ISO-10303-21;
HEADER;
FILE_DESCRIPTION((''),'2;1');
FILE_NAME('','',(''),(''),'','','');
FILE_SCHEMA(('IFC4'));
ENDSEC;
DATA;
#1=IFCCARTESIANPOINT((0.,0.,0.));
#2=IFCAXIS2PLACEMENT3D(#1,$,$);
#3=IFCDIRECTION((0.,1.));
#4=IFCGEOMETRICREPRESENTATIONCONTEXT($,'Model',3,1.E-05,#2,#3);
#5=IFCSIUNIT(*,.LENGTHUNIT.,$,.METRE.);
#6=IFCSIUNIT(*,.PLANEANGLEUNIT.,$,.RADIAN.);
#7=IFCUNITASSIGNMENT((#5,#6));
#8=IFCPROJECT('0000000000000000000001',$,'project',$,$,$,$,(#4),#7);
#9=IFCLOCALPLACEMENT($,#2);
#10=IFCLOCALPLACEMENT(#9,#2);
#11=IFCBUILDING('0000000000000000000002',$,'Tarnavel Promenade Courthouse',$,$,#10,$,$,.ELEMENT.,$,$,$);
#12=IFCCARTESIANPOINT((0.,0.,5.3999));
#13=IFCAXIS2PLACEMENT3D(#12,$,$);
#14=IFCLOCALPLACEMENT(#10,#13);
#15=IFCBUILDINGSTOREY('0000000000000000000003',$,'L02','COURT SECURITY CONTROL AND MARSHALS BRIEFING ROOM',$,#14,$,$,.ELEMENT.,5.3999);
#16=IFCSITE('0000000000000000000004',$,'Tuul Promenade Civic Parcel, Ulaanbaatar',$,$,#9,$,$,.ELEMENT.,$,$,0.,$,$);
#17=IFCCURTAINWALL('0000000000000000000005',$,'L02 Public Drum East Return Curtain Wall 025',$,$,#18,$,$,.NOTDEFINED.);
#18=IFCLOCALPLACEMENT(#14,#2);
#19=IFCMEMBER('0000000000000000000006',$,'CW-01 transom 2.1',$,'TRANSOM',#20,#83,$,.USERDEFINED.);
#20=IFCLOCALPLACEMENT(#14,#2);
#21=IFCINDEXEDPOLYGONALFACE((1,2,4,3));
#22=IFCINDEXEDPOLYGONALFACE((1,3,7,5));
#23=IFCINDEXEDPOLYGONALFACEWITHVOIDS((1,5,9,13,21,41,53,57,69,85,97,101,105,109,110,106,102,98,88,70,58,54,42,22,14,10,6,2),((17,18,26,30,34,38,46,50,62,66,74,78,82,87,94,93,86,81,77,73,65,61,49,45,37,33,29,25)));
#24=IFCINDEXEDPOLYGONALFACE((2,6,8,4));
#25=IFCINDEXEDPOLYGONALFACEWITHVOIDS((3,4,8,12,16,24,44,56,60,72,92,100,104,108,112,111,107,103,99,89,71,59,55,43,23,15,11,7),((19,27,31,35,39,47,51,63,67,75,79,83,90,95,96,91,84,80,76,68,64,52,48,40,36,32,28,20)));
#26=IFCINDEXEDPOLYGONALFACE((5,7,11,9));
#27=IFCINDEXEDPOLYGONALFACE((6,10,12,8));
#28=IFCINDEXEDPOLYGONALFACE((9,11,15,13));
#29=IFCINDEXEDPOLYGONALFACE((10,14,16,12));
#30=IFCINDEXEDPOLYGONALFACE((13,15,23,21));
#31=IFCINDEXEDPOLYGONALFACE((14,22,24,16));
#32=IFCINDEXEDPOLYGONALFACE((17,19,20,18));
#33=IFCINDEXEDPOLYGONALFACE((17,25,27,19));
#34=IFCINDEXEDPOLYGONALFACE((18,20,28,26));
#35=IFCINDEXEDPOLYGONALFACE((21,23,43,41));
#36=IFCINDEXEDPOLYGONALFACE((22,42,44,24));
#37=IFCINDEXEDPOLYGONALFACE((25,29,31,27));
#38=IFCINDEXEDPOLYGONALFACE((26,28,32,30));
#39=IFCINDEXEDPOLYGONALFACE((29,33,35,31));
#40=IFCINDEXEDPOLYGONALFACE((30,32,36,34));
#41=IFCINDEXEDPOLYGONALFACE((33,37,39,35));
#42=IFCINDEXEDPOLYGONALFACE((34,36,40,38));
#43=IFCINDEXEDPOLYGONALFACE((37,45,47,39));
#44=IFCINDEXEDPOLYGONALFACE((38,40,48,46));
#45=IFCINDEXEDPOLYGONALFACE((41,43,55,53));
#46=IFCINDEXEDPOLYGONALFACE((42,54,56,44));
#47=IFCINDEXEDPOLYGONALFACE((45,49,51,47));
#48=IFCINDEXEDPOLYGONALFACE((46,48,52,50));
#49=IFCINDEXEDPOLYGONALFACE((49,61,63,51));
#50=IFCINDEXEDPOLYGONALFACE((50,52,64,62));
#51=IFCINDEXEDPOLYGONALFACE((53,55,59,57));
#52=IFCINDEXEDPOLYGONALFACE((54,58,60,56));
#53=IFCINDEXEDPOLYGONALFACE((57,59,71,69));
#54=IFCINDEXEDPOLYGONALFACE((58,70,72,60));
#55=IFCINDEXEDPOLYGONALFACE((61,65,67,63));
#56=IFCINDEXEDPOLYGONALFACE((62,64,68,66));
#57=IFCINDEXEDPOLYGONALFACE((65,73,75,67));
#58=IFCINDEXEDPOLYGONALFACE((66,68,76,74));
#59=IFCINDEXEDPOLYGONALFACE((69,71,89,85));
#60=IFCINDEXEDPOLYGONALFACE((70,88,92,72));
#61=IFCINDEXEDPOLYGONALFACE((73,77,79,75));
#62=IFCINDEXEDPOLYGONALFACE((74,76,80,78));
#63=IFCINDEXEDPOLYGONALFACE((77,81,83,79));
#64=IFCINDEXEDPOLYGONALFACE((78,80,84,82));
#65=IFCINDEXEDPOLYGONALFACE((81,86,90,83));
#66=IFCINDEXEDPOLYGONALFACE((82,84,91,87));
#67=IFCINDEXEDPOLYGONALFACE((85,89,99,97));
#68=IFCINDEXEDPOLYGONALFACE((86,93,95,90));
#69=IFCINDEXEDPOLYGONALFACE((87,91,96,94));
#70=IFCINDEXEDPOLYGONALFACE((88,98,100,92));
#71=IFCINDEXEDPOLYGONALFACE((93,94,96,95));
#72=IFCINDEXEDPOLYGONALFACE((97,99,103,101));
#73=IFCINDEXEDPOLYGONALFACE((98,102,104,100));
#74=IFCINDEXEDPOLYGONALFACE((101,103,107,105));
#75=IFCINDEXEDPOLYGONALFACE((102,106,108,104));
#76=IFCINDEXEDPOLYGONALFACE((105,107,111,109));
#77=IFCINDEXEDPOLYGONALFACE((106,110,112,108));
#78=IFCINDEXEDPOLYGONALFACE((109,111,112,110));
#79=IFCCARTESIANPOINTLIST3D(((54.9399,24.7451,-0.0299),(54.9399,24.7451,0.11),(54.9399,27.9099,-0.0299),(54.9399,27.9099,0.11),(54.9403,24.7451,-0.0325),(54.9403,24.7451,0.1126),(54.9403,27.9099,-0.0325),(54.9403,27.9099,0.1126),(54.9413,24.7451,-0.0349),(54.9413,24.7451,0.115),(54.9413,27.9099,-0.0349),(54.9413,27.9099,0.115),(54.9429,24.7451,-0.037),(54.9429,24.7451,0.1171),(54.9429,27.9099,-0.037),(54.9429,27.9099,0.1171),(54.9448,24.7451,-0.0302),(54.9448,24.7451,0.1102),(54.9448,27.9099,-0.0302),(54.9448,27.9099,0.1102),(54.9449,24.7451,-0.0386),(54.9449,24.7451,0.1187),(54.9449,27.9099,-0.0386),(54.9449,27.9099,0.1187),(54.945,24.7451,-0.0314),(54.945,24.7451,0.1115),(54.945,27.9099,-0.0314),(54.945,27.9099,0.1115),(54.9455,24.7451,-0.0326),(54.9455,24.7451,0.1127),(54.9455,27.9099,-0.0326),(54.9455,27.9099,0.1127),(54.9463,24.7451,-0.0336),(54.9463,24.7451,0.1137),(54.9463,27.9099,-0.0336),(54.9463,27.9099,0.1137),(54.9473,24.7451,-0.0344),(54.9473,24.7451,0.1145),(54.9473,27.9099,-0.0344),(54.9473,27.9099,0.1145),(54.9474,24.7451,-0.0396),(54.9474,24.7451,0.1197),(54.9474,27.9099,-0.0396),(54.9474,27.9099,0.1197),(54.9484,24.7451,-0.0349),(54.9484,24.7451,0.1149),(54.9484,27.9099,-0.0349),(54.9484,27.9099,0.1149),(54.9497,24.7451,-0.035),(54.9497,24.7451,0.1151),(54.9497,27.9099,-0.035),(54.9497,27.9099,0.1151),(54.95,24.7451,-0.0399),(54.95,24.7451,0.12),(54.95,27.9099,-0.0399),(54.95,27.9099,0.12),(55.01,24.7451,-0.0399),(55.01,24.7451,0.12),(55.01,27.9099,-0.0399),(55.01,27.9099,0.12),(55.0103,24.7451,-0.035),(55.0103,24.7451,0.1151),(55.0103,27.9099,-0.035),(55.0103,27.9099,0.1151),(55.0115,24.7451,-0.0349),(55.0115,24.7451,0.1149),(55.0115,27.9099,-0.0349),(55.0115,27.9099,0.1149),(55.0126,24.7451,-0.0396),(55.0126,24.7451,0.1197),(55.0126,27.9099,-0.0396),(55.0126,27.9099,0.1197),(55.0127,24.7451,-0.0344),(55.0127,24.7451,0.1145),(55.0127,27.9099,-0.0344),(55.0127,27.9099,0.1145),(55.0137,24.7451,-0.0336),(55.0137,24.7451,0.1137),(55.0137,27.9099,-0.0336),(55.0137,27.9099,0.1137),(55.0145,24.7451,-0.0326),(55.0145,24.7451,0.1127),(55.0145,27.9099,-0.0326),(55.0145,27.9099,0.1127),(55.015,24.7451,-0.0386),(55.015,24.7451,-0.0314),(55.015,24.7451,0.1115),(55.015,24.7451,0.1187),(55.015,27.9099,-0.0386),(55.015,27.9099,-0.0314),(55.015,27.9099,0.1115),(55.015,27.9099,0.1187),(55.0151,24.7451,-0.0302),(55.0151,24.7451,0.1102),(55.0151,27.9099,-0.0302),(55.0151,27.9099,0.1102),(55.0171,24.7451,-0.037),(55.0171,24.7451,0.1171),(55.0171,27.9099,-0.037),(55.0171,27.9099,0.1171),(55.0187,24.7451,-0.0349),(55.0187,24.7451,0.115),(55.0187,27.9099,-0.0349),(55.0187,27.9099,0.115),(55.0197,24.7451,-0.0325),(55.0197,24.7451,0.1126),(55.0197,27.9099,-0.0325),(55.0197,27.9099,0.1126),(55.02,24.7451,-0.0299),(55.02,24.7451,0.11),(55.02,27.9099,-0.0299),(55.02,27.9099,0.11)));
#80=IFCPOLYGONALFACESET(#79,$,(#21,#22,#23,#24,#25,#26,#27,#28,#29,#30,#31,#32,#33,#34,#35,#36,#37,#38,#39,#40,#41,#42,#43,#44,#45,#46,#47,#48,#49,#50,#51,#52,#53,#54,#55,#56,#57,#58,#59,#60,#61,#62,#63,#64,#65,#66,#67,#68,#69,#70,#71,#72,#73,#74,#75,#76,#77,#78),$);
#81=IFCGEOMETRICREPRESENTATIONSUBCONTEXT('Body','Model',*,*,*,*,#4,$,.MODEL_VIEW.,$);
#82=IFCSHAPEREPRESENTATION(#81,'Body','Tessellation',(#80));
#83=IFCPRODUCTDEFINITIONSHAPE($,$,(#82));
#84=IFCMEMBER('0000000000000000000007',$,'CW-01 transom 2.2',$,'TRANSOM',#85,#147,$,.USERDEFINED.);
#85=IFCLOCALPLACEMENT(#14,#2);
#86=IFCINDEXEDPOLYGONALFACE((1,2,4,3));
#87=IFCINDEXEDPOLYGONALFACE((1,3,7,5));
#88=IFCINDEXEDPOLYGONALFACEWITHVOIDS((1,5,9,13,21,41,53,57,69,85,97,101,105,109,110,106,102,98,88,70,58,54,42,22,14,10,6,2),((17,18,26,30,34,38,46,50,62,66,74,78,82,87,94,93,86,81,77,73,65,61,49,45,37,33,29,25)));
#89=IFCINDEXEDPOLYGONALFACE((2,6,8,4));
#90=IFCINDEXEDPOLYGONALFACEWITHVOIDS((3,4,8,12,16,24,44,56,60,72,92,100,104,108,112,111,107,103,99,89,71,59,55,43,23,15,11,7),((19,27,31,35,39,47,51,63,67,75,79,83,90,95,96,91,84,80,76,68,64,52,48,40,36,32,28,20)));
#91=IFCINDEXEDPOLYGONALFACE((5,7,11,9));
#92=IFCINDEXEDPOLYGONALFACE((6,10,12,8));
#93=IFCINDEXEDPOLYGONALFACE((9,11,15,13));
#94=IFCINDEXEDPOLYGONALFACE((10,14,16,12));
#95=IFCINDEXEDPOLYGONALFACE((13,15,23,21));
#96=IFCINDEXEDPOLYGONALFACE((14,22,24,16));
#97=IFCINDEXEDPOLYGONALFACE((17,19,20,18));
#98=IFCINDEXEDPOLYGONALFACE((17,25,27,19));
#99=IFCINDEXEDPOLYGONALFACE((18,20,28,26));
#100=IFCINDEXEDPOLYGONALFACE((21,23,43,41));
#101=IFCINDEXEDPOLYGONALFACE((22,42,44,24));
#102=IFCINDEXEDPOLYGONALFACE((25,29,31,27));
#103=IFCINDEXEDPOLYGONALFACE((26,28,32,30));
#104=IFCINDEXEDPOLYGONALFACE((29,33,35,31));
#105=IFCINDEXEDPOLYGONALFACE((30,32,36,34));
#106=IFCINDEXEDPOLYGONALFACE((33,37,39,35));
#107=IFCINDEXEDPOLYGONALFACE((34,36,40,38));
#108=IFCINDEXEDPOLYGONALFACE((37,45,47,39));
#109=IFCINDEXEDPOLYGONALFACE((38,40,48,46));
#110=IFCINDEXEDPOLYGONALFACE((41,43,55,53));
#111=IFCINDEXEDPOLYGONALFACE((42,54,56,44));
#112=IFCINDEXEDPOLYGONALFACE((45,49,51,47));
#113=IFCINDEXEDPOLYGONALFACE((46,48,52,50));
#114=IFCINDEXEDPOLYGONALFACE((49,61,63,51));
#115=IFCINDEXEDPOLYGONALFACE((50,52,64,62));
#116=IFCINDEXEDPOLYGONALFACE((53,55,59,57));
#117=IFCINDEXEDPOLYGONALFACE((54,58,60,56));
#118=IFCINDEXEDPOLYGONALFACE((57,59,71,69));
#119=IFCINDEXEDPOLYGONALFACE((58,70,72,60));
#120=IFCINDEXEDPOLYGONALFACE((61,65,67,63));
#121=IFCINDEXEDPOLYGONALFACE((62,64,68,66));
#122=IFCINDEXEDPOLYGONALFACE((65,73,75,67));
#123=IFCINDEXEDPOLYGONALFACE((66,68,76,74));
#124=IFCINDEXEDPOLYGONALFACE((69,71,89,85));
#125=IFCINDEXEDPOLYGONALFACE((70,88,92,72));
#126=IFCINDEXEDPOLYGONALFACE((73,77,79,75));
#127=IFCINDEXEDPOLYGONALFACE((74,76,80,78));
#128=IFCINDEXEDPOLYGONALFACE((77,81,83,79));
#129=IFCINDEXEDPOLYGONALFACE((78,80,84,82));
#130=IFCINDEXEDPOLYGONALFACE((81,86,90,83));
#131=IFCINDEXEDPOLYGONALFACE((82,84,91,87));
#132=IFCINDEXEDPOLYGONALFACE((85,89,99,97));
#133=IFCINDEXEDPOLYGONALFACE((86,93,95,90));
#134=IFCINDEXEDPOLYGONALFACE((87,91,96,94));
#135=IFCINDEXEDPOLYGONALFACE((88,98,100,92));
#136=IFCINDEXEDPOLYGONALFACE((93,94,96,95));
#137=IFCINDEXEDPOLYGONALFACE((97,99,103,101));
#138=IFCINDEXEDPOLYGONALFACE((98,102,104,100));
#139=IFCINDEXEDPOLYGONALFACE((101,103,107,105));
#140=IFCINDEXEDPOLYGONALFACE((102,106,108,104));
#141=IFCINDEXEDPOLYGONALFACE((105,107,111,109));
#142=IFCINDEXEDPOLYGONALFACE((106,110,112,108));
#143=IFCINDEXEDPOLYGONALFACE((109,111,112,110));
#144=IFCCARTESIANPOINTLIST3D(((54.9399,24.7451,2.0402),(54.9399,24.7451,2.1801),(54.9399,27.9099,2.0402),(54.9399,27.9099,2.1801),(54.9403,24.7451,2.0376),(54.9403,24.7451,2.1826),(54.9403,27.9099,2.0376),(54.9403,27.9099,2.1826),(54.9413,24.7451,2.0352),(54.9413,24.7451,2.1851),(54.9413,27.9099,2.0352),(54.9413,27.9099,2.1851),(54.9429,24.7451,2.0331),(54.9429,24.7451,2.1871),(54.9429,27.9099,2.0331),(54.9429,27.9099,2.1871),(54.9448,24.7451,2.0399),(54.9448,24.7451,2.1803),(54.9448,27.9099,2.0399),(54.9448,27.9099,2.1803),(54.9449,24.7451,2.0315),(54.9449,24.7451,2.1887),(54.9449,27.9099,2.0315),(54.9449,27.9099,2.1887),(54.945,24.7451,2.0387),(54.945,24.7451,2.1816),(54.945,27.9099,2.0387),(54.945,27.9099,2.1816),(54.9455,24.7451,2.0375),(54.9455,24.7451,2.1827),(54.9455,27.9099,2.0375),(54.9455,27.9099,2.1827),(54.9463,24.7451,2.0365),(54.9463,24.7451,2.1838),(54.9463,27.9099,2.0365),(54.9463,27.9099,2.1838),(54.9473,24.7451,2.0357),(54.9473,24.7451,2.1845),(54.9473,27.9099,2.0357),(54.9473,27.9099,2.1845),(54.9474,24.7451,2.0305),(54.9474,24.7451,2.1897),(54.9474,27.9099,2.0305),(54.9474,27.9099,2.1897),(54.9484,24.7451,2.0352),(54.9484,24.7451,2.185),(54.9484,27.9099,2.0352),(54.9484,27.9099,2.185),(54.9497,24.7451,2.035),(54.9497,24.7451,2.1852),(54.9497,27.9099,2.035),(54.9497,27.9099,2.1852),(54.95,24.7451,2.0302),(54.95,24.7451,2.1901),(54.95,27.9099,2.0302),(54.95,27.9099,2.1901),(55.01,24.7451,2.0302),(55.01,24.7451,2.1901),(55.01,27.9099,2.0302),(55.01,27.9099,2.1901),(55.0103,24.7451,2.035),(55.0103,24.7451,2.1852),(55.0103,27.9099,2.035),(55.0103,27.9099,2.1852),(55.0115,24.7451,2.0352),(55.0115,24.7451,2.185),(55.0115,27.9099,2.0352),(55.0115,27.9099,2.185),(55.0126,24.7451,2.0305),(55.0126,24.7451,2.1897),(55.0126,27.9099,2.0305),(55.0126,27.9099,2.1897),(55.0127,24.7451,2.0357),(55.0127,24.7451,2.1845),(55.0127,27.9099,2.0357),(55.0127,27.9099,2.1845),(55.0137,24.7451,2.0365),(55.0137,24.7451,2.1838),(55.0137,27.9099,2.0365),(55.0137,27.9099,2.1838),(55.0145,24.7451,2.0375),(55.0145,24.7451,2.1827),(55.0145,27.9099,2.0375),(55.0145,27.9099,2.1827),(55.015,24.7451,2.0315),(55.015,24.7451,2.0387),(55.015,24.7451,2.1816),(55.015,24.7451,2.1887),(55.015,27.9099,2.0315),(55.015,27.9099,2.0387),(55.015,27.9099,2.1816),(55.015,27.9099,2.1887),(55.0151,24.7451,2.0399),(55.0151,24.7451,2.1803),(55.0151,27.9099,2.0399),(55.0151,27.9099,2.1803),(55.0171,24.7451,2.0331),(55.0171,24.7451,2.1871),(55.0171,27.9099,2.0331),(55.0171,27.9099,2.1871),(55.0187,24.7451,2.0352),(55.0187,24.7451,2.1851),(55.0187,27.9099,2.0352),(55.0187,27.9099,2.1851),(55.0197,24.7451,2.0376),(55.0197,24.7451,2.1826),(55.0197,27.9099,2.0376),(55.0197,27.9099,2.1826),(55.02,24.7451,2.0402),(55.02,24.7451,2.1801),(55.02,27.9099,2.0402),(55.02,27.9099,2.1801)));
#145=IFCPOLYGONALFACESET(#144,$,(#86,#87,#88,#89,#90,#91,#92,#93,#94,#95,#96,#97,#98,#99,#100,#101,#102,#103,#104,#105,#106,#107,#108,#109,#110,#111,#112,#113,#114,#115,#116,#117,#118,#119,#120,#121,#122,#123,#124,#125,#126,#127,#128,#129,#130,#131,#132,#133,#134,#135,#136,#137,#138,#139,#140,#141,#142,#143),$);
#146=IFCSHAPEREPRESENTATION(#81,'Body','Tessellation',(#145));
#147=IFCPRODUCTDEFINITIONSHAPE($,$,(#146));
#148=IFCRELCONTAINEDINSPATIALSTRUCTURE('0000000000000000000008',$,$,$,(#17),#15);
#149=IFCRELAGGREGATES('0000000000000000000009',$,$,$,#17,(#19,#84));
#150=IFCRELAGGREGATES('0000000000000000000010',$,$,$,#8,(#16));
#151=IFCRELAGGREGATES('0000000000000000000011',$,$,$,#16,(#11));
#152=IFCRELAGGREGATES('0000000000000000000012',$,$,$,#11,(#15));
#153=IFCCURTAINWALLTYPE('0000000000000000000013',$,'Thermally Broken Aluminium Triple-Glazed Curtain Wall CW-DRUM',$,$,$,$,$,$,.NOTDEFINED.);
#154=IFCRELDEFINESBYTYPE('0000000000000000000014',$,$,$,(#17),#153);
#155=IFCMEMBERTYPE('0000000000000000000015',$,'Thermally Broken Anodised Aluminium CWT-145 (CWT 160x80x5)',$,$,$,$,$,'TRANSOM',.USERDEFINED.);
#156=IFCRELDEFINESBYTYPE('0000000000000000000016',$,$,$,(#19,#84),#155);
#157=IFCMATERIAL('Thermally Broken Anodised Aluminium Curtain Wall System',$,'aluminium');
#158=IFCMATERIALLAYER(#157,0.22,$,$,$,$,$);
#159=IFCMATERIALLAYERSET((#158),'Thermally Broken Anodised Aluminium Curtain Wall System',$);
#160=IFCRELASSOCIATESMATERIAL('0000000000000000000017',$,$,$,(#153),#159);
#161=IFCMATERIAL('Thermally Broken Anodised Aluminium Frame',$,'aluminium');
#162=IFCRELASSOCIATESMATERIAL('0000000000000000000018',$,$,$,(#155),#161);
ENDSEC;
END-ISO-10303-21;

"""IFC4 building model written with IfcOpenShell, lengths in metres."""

from ifc_helpers import new_model, si_unit, direction, frame, origin, origin_2d, place, context, subcontext, project, spatial, hollow_rectangle, extrude, material, layer, layer_set, material_profile, profile_set, type_object, element, aggregate, save


model = new_model("IFC4")

# Units and contexts
model_context = context("Model", 3, precision=1e-05, world=origin(), true_north=direction((0.0, 1.0)))
body_context = subcontext(model_context, "Body", "Model", "MODEL_VIEW")
ifc_project = project(units=[si_unit("LENGTHUNIT", "METRE"), si_unit("PLANEANGLEUNIT", "RADIAN")], contexts=[model_context])

# Site, building, storey
site_placement = place(None, origin())
site = spatial("IfcSite", under=ifc_project, at=site_placement, Name="Tuul Promenade Civic Parcel, Ulaanbaatar", CompositionType="ELEMENT", RefElevation=0.0)
building_placement = place(site_placement, origin())
building = spatial("IfcBuilding", under=site, at=building_placement, Name="Tarnavel Promenade Courthouse", CompositionType="ELEMENT")
storey_placement = place(building_placement, frame((0.0, 0.0, 5.3999)))
storey = spatial("IfcBuildingStorey", under=building, at=storey_placement, Name="L02", Description="COURT SECURITY CONTROL AND MARSHALS BRIEFING ROOM", CompositionType="ELEMENT", Elevation=5.3999)

# Curtain wall
ifc_material_1 = material(Name="Thermally Broken Anodised Aluminium Curtain Wall System", Category="aluminium")
ifc_layer_1 = layer(ifc_material_1, 0.22)
ifc_layer_set_1 = layer_set([ifc_layer_1], Name="Thermally Broken Anodised Aluminium Curtain Wall System")
curtain_wall_type_1 = type_object("IfcCurtainWallType", Name="Thermally Broken Aluminium Triple-Glazed Curtain Wall CW-DRUM", PredefinedType="NOTDEFINED", material=ifc_layer_set_1)
curtain_wall_1_placement = place(storey_placement, origin())
curtain_wall_1 = element("IfcCurtainWall", 1, at=curtain_wall_1_placement, inside=storey, type_object=curtain_wall_type_1, Name="L02 Public Drum East Return Curtain Wall 025", PredefinedType="NOTDEFINED")
ifc_material_2 = material(Name="Thermally Broken Anodised Aluminium Frame", Category="aluminium")

# Members
ifc_material_profile_1 = material_profile(ifc_material_2, hollow_rectangle(XDim=0.0801, YDim=0.1599, WallThickness=0.0049, InnerFilletRadius=0.0049, OuterFilletRadius=0.01, at=origin_2d()), Name="CWT 160x80x5")
ifc_profile_set_1 = profile_set([ifc_material_profile_1], Name="Thermally Broken Anodised Aluminium Frame")
member_type_1 = type_object("IfcMemberType", Name="Thermally Broken Anodised Aluminium CWT-145 (CWT 160x80x5)", ElementType="TRANSOM", PredefinedType="USERDEFINED", material=ifc_profile_set_1)
member_1_placement = place(storey_placement, frame((54.98, 24.7451, 0.04), z_axis=(0.0, 1.0, 0.0), x_axis=(-1.0, 0.0, 0.0)))
member_1 = element("IfcMember", 2, at=member_1_placement, type_object=member_type_1, Name="CW-01 transom 2.1", ObjectType="TRANSOM", PredefinedType="USERDEFINED", context=body_context, shape_type="SweptSolid", body=[
    extrude(hollow_rectangle(XDim=0.0801, YDim=0.1599, WallThickness=0.0049, InnerFilletRadius=0.0049, OuterFilletRadius=0.01, at=origin_2d()), origin(), (0.0, 0.0, 1.0), 3.1648),
])
member_2_placement = place(storey_placement, frame((54.98, 24.7451, 2.1101), z_axis=(0.0, 1.0, 0.0), x_axis=(-1.0, 0.0, 0.0)))
member_2 = element("IfcMember", 3, at=member_2_placement, type_object=member_type_1, Name="CW-01 transom 2.2", ObjectType="TRANSOM", PredefinedType="USERDEFINED", context=body_context, shape_type="SweptSolid", body=[
    extrude(hollow_rectangle(XDim=0.0801, YDim=0.1599, WallThickness=0.0049, InnerFilletRadius=0.0049, OuterFilletRadius=0.01, at=origin_2d()), origin(), (0.0, 0.0, 1.0), 3.1648),
])

aggregate(curtain_wall_1, [member_1, member_2])

save(model, "model.ifc")
